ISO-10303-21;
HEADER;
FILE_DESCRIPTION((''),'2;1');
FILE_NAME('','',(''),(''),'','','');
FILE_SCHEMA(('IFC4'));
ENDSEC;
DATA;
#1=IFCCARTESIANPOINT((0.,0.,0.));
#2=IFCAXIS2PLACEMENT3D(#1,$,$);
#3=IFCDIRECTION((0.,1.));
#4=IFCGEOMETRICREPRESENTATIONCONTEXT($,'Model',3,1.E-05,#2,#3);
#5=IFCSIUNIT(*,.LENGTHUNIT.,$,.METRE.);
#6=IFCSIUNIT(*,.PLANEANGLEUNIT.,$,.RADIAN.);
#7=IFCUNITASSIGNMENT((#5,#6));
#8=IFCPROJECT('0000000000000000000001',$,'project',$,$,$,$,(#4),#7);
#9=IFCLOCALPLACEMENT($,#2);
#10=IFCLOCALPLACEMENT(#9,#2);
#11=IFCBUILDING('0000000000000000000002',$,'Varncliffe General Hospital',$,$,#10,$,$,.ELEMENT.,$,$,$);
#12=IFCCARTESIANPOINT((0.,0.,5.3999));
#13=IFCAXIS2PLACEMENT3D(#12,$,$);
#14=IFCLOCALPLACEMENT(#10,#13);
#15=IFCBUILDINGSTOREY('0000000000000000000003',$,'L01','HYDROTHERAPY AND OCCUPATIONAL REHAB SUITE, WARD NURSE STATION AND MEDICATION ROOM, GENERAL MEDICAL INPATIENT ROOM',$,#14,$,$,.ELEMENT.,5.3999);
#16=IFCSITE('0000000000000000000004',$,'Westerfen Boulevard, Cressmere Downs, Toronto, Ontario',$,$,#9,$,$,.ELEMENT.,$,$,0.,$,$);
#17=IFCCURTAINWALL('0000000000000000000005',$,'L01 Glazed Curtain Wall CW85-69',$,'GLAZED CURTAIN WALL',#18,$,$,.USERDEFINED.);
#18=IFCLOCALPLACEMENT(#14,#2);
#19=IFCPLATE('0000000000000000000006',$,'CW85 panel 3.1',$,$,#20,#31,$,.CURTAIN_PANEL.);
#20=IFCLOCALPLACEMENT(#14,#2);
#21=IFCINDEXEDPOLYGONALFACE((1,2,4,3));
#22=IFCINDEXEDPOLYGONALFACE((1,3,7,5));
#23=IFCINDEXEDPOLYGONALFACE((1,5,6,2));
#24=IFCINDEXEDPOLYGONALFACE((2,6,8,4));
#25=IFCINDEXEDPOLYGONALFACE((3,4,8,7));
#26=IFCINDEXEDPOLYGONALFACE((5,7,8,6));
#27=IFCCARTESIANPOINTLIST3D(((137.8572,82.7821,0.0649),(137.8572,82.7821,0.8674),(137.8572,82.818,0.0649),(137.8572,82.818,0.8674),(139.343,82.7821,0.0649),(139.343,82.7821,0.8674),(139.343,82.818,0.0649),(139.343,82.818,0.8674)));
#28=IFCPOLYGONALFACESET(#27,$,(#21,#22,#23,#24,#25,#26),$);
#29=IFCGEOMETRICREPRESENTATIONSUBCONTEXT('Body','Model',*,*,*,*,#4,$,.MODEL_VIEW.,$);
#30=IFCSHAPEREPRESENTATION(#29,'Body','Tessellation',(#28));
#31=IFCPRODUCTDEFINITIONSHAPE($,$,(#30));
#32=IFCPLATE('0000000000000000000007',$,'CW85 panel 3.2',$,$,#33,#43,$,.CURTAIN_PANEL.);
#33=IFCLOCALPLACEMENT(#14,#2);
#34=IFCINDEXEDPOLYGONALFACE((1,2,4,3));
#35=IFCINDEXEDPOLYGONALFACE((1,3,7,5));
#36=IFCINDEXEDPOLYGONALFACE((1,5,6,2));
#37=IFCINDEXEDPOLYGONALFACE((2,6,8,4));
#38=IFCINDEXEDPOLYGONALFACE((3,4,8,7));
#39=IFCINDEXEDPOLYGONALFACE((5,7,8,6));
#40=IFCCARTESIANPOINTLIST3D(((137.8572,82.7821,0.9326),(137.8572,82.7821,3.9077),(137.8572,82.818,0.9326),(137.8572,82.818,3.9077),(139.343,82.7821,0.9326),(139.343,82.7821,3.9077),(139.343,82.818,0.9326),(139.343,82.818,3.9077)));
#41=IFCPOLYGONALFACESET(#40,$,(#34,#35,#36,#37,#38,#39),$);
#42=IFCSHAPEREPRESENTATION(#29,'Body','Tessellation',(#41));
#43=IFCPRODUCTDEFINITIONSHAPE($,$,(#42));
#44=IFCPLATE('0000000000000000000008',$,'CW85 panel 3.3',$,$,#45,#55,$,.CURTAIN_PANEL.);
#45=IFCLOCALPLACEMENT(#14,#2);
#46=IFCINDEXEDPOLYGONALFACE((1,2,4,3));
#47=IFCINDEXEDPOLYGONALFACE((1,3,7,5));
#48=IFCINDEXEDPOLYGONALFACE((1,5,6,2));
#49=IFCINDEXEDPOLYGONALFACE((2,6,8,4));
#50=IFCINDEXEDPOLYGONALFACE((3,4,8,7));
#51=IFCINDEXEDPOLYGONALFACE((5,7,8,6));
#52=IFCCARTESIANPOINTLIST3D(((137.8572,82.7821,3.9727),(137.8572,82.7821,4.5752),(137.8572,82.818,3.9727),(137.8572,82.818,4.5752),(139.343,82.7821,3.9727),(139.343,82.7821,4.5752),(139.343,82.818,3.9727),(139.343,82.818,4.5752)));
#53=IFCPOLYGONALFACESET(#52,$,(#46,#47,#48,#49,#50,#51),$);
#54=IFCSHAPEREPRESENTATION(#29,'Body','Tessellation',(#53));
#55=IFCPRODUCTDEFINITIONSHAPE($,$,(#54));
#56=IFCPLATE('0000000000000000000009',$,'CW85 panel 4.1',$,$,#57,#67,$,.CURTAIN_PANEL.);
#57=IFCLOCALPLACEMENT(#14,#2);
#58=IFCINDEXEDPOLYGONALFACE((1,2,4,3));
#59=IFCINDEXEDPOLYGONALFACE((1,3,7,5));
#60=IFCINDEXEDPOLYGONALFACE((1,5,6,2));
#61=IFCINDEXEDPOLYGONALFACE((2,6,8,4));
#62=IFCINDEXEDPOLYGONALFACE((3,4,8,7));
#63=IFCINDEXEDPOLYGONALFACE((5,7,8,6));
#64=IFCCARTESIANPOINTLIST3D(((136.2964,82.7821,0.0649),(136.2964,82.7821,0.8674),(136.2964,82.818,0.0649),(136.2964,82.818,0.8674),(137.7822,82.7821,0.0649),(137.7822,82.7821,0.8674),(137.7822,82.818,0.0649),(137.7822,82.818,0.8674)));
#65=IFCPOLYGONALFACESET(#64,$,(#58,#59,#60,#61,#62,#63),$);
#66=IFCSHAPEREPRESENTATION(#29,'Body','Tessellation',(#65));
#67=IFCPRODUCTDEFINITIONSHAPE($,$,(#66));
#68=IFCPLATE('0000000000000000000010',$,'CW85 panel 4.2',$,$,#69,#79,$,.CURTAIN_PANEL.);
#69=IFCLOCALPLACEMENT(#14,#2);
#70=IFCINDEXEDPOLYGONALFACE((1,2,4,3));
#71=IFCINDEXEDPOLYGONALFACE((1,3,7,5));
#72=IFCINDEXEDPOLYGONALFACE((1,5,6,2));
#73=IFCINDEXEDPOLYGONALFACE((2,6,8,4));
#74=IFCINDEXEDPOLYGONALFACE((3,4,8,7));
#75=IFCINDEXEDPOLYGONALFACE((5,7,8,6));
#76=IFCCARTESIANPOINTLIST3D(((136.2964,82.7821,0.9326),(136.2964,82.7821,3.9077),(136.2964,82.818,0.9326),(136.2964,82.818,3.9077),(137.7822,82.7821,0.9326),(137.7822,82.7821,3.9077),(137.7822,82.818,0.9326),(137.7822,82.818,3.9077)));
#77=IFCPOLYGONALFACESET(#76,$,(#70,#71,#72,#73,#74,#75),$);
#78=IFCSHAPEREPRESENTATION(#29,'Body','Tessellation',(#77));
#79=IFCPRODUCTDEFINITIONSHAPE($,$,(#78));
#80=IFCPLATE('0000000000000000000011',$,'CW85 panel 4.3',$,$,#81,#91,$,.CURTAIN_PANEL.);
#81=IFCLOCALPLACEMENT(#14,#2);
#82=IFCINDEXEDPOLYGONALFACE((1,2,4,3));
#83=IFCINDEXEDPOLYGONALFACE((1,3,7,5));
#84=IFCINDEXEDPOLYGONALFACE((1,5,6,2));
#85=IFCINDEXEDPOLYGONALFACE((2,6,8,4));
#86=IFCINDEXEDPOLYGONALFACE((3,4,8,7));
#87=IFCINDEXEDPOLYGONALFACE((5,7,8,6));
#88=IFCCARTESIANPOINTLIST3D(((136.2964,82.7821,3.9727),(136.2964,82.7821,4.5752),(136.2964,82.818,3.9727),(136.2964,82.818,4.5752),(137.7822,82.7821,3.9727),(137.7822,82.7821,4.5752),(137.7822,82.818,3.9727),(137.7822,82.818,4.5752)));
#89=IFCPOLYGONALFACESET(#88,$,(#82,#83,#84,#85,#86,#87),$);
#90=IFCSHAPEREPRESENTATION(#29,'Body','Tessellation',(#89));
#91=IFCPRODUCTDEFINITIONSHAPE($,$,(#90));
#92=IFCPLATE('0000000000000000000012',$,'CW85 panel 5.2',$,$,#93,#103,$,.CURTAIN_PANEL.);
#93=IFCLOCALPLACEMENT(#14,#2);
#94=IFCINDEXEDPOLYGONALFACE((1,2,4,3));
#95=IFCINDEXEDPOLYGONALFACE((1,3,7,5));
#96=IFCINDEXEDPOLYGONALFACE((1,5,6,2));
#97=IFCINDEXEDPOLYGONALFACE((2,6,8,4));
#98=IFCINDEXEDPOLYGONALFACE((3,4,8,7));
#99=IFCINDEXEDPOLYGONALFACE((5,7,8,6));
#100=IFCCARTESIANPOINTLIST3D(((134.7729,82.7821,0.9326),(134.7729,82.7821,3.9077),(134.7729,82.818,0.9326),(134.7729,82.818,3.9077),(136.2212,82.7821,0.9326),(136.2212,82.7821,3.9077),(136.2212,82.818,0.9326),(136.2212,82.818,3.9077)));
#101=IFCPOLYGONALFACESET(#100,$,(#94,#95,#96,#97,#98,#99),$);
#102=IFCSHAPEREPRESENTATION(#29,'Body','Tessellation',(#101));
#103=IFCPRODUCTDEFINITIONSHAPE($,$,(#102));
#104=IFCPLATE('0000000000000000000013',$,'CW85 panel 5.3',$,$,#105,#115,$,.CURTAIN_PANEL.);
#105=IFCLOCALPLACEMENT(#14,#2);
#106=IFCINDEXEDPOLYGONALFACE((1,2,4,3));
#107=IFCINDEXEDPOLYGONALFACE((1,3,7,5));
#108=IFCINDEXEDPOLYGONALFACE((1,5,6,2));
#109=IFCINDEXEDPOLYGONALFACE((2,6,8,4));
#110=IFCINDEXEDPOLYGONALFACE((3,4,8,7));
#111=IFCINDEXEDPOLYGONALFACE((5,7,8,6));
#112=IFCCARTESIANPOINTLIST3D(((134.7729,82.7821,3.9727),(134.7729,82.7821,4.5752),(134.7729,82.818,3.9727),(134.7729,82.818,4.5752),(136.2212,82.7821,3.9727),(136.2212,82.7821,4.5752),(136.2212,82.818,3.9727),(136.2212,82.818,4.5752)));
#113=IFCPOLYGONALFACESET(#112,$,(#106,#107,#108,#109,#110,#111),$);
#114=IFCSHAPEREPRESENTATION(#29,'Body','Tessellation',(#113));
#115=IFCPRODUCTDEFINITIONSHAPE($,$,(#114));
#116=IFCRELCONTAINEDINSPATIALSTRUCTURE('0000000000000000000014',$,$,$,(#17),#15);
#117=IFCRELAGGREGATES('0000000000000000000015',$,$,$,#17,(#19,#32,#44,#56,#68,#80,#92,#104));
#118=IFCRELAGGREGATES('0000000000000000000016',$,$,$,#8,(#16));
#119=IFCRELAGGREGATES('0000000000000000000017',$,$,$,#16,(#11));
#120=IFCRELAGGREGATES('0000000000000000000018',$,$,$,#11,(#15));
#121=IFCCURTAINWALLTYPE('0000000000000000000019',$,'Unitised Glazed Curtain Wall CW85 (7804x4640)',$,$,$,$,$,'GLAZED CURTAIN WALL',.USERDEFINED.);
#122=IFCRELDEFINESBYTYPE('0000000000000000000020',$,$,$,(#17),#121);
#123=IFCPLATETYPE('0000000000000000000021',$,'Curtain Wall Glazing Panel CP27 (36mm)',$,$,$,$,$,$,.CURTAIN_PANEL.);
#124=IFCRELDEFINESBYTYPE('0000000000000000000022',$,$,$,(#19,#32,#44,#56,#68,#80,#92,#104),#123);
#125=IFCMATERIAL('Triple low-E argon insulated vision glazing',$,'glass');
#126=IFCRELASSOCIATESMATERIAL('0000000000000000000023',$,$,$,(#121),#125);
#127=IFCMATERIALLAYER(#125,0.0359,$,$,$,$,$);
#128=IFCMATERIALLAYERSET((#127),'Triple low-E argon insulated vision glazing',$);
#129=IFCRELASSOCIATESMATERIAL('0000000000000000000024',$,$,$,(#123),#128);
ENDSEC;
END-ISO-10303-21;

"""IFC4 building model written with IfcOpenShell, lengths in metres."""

from ifc_helpers import new_model, si_unit, direction, frame, origin, origin_2d, place, context, subcontext, project, spatial, rectangle, extrude, material, layer, layer_set, type_object, element, aggregate, save


model = new_model("IFC4")

# Units and contexts
model_context = context("Model", 3, precision=1e-05, world=origin(), true_north=direction((0.0, 1.0)))
body_context = subcontext(model_context, "Body", "Model", "MODEL_VIEW")
ifc_project = project(units=[si_unit("LENGTHUNIT", "METRE"), si_unit("PLANEANGLEUNIT", "RADIAN")], contexts=[model_context])

# Site, building, storey
site_placement = place(None, origin())
site = spatial("IfcSite", under=ifc_project, at=site_placement, Name="Westerfen Boulevard, Cressmere Downs, Toronto, Ontario", CompositionType="ELEMENT", RefElevation=0.0)
building_placement = place(site_placement, origin())
building = spatial("IfcBuilding", under=site, at=building_placement, Name="Varncliffe General Hospital", CompositionType="ELEMENT")
storey_placement = place(building_placement, frame((0.0, 0.0, 5.3999)))
storey = spatial("IfcBuildingStorey", under=building, at=storey_placement, Name="L01", Description="HYDROTHERAPY AND OCCUPATIONAL REHAB SUITE, WARD NURSE STATION AND MEDICATION ROOM, GENERAL MEDICAL INPATIENT ROOM", CompositionType="ELEMENT", Elevation=5.3999)

# Curtain wall, plates
ifc_material_1 = material(Name="Triple low-E argon insulated vision glazing", Category="glass")
curtain_wall_type = type_object("IfcCurtainWallType", Name="Unitised Glazed Curtain Wall CW85 (7804x4640)", ElementType="GLAZED CURTAIN WALL", PredefinedType="USERDEFINED", material=ifc_material_1)
curtain_wall_placement = place(storey_placement, origin())
curtain_wall = element("IfcCurtainWall", 1, at=curtain_wall_placement, inside=storey, type_object=curtain_wall_type, Name="L01 Glazed Curtain Wall CW85-69", ObjectType="GLAZED CURTAIN WALL", PredefinedType="USERDEFINED")
ifc_layer = layer(ifc_material_1, 0.0359)
ifc_layer_set = layer_set([ifc_layer], Name="Triple low-E argon insulated vision glazing")
plate_type = type_object("IfcPlateType", Name="Curtain Wall Glazing Panel CP27 (36mm)", PredefinedType="CURTAIN_PANEL", material=ifc_layer_set)
plate_1_placement = place(storey_placement, frame((138.6001, 82.8, 0.0649), z_axis=(0.0, 0.0, 1.0), x_axis=(-1.0, 0.0, 0.0)))
plate_1 = element("IfcPlate", 2, at=plate_1_placement, type_object=plate_type, Name="CW85 panel 3.1", PredefinedType="CURTAIN_PANEL", context=body_context, shape_type="SweptSolid", body=[
    extrude(rectangle(XDim=1.4858, YDim=0.0359, at=origin_2d()), origin(), (0.0, 0.0, 1.0), 0.8025),
])
plate_2_placement = place(storey_placement, frame((138.6001, 82.8, 0.9326), z_axis=(0.0, 0.0, 1.0), x_axis=(-1.0, 0.0, 0.0)))
plate_2 = element("IfcPlate", 3, at=plate_2_placement, type_object=plate_type, Name="CW85 panel 3.2", PredefinedType="CURTAIN_PANEL", context=body_context, shape_type="SweptSolid", body=[
    extrude(rectangle(XDim=1.4858, YDim=0.0359, at=origin_2d()), origin(), (0.0, 0.0, 1.0), 2.9751),
])
plate_3_placement = place(storey_placement, frame((138.6001, 82.8, 3.9727), z_axis=(0.0, 0.0, 1.0), x_axis=(-1.0, 0.0, 0.0)))
plate_3 = element("IfcPlate", 4, at=plate_3_placement, type_object=plate_type, Name="CW85 panel 3.3", PredefinedType="CURTAIN_PANEL", context=body_context, shape_type="SweptSolid", body=[
    extrude(rectangle(XDim=1.4858, YDim=0.0359, at=origin_2d()), origin(), (0.0, 0.0, 1.0), 0.6025),
])
plate_4_placement = place(storey_placement, frame((137.0393, 82.8, 0.0649), z_axis=(0.0, 0.0, 1.0), x_axis=(-1.0, 0.0, 0.0)))
plate_4 = element("IfcPlate", 5, at=plate_4_placement, type_object=plate_type, Name="CW85 panel 4.1", PredefinedType="CURTAIN_PANEL", context=body_context, shape_type="SweptSolid", body=[
    extrude(rectangle(XDim=1.4858, YDim=0.0359, at=origin_2d()), origin(), (0.0, 0.0, 1.0), 0.8025),
])
plate_5_placement = place(storey_placement, frame((137.0393, 82.8, 0.9326), z_axis=(0.0, 0.0, 1.0), x_axis=(-1.0, 0.0, 0.0)))
plate_5 = element("IfcPlate", 6, at=plate_5_placement, type_object=plate_type, Name="CW85 panel 4.2", PredefinedType="CURTAIN_PANEL", context=body_context, shape_type="SweptSolid", body=[
    extrude(rectangle(XDim=1.4858, YDim=0.0359, at=origin_2d()), origin(), (0.0, 0.0, 1.0), 2.9751),
])
plate_6_placement = place(storey_placement, frame((137.0393, 82.8, 3.9727), z_axis=(0.0, 0.0, 1.0), x_axis=(-1.0, 0.0, 0.0)))
plate_6 = element("IfcPlate", 7, at=plate_6_placement, type_object=plate_type, Name="CW85 panel 4.3", PredefinedType="CURTAIN_PANEL", context=body_context, shape_type="SweptSolid", body=[
    extrude(rectangle(XDim=1.4858, YDim=0.0359, at=origin_2d()), origin(), (0.0, 0.0, 1.0), 0.6025),
])
plate_7_placement = place(storey_placement, frame((135.4971, 82.8, 0.9326), z_axis=(0.0, 0.0, 1.0), x_axis=(-1.0, 0.0, 0.0)))
plate_7 = element("IfcPlate", 8, at=plate_7_placement, type_object=plate_type, Name="CW85 panel 5.2", PredefinedType="CURTAIN_PANEL", context=body_context, shape_type="SweptSolid", body=[
    extrude(rectangle(XDim=1.4482, YDim=0.0359, at=origin_2d()), origin(), (0.0, 0.0, 1.0), 2.9751),
])
plate_8_placement = place(storey_placement, frame((135.4971, 82.8, 3.9727), z_axis=(0.0, 0.0, 1.0), x_axis=(-1.0, 0.0, 0.0)))
plate_8 = element("IfcPlate", 9, at=plate_8_placement, type_object=plate_type, Name="CW85 panel 5.3", PredefinedType="CURTAIN_PANEL", context=body_context, shape_type="SweptSolid", body=[
    extrude(rectangle(XDim=1.4482, YDim=0.0359, at=origin_2d()), origin(), (0.0, 0.0, 1.0), 0.6025),
])
aggregate(curtain_wall, [plate_1, plate_2, plate_3, plate_4, plate_5, plate_6, plate_7, plate_8])

save(model, "model.ifc")
